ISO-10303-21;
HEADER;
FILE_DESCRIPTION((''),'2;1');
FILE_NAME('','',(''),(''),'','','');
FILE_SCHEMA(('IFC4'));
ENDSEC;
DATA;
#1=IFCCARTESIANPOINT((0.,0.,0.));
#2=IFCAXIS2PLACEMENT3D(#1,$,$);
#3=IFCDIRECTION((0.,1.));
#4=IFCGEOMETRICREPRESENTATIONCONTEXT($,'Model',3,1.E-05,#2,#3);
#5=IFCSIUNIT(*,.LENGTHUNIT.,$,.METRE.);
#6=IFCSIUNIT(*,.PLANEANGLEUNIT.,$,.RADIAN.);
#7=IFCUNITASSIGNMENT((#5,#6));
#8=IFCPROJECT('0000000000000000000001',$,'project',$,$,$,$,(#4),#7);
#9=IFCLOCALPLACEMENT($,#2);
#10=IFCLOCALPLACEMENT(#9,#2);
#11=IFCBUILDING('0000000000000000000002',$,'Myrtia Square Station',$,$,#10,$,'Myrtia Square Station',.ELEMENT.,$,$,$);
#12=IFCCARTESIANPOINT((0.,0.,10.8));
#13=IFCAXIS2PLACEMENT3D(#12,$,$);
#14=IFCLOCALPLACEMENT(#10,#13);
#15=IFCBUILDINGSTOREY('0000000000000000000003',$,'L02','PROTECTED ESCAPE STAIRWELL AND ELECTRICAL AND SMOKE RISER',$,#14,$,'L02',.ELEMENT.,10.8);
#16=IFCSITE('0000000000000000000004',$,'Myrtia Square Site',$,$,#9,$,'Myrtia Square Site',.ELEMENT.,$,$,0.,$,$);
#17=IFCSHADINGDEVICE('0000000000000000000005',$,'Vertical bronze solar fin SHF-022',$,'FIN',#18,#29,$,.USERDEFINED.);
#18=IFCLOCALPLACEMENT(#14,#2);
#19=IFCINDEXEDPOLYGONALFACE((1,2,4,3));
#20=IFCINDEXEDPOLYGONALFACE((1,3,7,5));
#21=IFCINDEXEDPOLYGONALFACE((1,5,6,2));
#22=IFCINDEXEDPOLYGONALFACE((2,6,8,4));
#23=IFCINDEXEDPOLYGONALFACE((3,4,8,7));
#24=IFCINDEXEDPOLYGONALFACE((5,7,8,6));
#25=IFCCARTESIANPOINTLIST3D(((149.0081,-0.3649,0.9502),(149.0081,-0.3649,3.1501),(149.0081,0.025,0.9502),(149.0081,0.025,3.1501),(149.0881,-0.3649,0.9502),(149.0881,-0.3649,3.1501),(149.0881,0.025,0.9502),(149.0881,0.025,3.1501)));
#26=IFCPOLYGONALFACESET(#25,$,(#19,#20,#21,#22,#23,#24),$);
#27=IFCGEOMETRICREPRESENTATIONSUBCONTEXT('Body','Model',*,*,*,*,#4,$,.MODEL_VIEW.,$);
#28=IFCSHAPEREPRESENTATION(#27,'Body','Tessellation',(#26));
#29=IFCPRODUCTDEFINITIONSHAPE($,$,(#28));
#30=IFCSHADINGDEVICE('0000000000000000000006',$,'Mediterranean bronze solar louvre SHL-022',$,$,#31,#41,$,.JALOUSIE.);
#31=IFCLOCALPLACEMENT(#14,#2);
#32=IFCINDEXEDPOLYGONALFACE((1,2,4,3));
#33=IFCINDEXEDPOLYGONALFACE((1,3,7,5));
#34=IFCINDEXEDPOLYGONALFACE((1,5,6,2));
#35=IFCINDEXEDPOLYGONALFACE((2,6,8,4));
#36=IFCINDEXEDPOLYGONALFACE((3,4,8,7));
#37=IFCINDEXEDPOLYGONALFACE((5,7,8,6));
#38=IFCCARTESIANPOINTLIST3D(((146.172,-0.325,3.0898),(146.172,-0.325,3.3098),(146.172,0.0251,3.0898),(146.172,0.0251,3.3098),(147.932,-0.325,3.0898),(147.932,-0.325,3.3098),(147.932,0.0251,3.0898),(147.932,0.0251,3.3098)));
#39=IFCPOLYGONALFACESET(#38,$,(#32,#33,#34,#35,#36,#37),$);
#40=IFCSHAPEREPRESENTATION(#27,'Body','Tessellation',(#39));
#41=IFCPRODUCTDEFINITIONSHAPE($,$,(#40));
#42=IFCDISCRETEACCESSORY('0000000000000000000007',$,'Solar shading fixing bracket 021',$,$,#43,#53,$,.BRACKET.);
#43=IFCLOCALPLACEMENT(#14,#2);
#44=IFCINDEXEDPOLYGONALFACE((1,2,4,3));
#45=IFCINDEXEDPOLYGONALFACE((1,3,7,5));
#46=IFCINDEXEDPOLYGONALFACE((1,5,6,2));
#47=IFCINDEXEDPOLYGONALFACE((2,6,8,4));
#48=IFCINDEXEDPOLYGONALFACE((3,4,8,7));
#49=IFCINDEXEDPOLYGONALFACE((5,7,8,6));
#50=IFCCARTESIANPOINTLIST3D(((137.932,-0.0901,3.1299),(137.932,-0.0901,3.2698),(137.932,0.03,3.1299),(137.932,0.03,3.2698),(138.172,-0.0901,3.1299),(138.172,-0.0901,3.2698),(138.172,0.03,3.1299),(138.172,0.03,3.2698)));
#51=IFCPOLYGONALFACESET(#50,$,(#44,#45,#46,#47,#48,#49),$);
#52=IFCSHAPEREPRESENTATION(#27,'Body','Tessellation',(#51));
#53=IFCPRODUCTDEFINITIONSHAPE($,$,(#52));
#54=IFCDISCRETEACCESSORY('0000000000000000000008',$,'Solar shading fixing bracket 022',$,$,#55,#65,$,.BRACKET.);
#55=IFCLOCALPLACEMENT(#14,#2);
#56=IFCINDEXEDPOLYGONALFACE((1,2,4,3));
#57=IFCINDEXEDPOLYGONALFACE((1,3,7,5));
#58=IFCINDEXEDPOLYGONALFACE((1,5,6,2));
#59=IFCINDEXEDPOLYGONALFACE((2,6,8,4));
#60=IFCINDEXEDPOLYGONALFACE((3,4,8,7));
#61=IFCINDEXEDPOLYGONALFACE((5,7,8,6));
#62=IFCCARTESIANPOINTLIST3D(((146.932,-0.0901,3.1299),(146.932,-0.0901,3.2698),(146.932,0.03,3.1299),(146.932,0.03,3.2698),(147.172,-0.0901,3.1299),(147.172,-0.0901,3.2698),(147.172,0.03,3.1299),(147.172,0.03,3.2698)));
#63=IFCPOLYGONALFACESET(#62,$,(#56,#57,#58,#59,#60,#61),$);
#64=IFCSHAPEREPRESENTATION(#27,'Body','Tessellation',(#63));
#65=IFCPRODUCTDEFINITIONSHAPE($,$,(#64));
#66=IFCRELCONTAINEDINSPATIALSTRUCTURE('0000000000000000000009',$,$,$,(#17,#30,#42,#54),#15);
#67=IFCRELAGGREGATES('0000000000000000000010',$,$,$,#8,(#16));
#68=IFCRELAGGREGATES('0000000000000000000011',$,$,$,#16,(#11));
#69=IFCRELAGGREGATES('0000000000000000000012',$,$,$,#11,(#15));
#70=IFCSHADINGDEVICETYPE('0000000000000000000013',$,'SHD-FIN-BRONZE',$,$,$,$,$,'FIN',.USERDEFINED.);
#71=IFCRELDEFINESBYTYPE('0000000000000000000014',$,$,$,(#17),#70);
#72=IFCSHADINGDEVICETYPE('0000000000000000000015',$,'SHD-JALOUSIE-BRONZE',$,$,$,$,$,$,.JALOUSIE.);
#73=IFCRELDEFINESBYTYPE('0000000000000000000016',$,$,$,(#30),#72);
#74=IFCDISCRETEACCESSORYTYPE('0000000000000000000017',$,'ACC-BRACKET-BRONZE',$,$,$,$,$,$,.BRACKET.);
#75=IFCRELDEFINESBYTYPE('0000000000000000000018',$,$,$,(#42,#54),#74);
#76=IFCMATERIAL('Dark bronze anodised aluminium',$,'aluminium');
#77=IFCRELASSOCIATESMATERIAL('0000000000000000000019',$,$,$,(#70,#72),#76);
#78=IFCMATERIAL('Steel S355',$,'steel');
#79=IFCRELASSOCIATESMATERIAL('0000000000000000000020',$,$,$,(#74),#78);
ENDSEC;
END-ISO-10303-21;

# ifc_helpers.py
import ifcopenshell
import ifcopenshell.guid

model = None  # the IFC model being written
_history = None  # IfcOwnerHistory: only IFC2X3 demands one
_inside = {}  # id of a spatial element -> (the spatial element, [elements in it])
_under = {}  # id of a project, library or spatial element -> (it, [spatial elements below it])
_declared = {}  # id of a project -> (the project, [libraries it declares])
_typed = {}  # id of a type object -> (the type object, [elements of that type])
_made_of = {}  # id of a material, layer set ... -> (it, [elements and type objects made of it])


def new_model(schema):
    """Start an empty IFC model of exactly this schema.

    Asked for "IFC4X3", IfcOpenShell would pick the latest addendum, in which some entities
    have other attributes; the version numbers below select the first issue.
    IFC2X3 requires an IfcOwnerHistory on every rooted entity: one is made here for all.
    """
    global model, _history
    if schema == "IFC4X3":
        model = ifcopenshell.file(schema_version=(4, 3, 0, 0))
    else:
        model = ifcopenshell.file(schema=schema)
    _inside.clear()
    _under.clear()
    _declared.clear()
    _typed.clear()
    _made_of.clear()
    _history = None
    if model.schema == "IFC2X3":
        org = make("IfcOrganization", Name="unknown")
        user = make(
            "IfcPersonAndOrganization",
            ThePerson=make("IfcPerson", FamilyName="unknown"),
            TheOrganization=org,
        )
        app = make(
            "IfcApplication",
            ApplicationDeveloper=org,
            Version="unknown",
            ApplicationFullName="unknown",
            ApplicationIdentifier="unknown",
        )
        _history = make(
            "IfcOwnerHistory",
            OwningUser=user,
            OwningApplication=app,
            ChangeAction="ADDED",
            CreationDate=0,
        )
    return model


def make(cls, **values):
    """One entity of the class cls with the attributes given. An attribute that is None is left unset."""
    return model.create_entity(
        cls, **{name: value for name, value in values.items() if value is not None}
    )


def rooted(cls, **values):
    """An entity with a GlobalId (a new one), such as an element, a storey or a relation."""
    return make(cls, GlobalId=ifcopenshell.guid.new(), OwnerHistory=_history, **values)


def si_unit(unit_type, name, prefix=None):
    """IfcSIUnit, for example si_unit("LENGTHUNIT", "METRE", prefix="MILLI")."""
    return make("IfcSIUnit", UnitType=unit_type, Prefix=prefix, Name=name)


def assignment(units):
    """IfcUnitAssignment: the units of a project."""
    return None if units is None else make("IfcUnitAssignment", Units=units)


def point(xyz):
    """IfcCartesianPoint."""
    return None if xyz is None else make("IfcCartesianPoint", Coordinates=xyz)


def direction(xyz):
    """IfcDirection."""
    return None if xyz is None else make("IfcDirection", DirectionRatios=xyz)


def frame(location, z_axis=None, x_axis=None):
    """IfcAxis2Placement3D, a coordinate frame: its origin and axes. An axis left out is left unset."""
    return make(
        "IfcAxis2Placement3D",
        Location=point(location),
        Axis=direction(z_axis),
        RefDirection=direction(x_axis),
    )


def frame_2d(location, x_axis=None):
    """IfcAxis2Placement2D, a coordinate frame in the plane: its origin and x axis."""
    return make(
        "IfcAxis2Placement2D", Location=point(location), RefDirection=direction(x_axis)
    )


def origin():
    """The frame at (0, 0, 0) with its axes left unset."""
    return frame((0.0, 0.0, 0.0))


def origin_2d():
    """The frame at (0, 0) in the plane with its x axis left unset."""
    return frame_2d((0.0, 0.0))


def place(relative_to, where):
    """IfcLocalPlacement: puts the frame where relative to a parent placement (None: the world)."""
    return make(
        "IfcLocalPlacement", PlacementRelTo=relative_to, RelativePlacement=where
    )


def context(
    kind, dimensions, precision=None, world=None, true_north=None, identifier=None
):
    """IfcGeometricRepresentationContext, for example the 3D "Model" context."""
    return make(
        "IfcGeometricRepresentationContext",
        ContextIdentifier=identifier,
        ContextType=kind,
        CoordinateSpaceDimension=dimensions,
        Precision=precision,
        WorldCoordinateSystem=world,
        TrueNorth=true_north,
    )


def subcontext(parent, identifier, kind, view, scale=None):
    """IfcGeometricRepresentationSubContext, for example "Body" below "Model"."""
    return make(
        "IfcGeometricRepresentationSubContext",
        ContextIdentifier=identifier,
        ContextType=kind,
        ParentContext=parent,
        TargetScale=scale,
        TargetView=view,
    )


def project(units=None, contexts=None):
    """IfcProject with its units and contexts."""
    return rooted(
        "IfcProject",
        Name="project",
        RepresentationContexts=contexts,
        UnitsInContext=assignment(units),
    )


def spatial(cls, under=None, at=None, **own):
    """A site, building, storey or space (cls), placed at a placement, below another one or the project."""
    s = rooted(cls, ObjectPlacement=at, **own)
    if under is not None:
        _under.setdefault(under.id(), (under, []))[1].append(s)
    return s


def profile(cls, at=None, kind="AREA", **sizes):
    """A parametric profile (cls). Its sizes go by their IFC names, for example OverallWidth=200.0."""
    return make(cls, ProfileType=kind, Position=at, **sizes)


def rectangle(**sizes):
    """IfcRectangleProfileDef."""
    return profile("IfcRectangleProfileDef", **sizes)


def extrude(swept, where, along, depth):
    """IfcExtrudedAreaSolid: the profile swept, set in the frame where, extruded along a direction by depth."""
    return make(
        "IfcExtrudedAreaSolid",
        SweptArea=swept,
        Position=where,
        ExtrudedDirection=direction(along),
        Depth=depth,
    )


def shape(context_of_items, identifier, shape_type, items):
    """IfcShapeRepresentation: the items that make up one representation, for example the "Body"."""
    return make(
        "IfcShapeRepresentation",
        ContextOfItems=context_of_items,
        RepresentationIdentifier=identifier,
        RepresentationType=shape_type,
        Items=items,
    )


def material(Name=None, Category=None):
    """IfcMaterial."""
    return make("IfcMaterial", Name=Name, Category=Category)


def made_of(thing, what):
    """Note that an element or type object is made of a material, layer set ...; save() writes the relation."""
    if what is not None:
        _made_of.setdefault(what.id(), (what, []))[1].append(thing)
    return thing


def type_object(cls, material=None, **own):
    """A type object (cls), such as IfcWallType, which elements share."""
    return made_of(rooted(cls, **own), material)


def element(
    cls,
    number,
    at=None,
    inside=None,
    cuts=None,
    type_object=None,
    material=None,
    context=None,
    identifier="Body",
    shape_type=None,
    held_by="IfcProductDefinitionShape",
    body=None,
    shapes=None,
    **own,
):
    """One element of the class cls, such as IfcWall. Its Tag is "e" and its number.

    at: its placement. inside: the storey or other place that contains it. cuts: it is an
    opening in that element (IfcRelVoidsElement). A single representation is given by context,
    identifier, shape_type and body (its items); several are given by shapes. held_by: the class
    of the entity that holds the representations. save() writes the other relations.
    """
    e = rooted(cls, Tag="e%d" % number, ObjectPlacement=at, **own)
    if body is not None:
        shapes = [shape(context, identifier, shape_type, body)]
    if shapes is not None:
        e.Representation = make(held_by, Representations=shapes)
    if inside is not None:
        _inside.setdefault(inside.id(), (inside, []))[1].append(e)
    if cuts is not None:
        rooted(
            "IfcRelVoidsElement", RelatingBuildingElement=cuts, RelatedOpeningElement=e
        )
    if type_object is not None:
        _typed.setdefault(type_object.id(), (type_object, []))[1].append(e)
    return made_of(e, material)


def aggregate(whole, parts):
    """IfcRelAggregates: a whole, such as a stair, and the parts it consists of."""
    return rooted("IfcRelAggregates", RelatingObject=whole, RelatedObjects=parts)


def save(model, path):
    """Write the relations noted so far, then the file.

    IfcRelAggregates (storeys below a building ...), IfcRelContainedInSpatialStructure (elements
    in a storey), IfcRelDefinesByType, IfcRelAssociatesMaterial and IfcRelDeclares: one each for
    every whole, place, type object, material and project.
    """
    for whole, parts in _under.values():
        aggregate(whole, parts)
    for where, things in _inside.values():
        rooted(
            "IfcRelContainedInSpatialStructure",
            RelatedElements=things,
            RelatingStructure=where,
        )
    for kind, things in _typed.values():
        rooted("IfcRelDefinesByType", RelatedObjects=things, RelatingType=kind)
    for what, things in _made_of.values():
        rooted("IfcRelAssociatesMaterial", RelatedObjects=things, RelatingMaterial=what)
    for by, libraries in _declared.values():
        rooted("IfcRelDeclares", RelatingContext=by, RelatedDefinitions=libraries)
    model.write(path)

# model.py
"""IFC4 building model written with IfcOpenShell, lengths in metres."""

from ifc_helpers import new_model, si_unit, direction, frame, origin, origin_2d, place, context, subcontext, project, spatial, rectangle, extrude, material, type_object, element, save


model = new_model("IFC4")

# Units and contexts
model_context = context("Model", 3, precision=1e-05, world=origin(), true_north=direction((0.0, 1.0)))
body_context = subcontext(model_context, "Body", "Model", "MODEL_VIEW")
ifc_project = project(units=[si_unit("LENGTHUNIT", "METRE"), si_unit("PLANEANGLEUNIT", "RADIAN")], contexts=[model_context])

# Site, building, storey
site_placement = place(None, origin())
site = spatial("IfcSite", under=ifc_project, at=site_placement, Name="Myrtia Square Site", LongName="Myrtia Square Site", CompositionType="ELEMENT", RefElevation=0.0)
building_placement = place(site_placement, origin())
building = spatial("IfcBuilding", under=site, at=building_placement, Name="Myrtia Square Station", LongName="Myrtia Square Station", CompositionType="ELEMENT")
storey_placement = place(building_placement, frame((0.0, 0.0, 10.8)))
storey = spatial("IfcBuildingStorey", under=building, at=storey_placement, Name="L02", Description="PROTECTED ESCAPE STAIRWELL AND ELECTRICAL AND SMOKE RISER", LongName="L02", CompositionType="ELEMENT", Elevation=10.8)

# Shared definitions
ifc_material_1 = material(Name="Steel S355", Category="steel")

# Shared definitions
ifc_material_2 = material(Name="Dark bronze anodised aluminium", Category="aluminium")

# Shading devices
shading_device_type_1 = type_object("IfcShadingDeviceType", Name="SHD-FIN-BRONZE", ElementType="FIN", PredefinedType="USERDEFINED", material=ifc_material_2)
for number, where, z_axis, x_axis, name in (
    (1, (149.0481, -0.1699, 0.9502), (0.0, 0.0, 1.0), (1.0, 0.0, 0.0), "Vertical bronze solar fin SHF-022"),
):
    element("IfcShadingDevice", number, at=place(storey_placement, frame(where, z_axis=z_axis, x_axis=x_axis)), inside=storey, type_object=shading_device_type_1, Name=name, ObjectType="FIN", PredefinedType="USERDEFINED", context=body_context, shape_type="SweptSolid", body=[
        extrude(rectangle(XDim=0.0801, YDim=0.3899, at=origin_2d()), origin(), (0.0, 0.0, 1.0), 2.2),
    ])
shading_device_type_2 = type_object("IfcShadingDeviceType", Name="SHD-JALOUSIE-BRONZE", PredefinedType="JALOUSIE", material=ifc_material_2)
shading_device_placement = place(storey_placement, frame((147.052, -0.1499, 3.0898), z_axis=(0.0, 0.0, 1.0), x_axis=(1.0, 0.0, 0.0)))
element("IfcShadingDevice", 2, at=shading_device_placement, inside=storey, type_object=shading_device_type_2, Name="Mediterranean bronze solar louvre SHL-022", PredefinedType="JALOUSIE", context=body_context, shape_type="SweptSolid", body=[
    extrude(rectangle(XDim=1.76, YDim=0.3501, at=origin_2d()), origin(), (0.0, 0.0, 1.0), 0.22),
])

# Discrete accessories
discrete_accessory_type = type_object("IfcDiscreteAccessoryType", Name="ACC-BRACKET-BRONZE", PredefinedType="BRACKET", material=ifc_material_1)
for number, where, z_axis, x_axis, name in (
    (3, (138.052, -0.03, 3.1299), (0.0, 0.0, 1.0), (1.0, 0.0, 0.0), "Solar shading fixing bracket 021"),
    (4, (147.052, -0.03, 3.1299), (0.0, 0.0, 1.0), (1.0, 0.0, 0.0), "Solar shading fixing bracket 022"),
):
    element("IfcDiscreteAccessory", number, at=place(storey_placement, frame(where, z_axis=z_axis, x_axis=x_axis)), inside=storey, type_object=discrete_accessory_type, Name=name, PredefinedType="BRACKET", context=body_context, shape_type="SweptSolid", body=[
        extrude(rectangle(XDim=0.24, YDim=0.1201, at=origin_2d()), origin(), (0.0, 0.0, 1.0), 0.1399),
    ])

save(model, "model.ifc")
